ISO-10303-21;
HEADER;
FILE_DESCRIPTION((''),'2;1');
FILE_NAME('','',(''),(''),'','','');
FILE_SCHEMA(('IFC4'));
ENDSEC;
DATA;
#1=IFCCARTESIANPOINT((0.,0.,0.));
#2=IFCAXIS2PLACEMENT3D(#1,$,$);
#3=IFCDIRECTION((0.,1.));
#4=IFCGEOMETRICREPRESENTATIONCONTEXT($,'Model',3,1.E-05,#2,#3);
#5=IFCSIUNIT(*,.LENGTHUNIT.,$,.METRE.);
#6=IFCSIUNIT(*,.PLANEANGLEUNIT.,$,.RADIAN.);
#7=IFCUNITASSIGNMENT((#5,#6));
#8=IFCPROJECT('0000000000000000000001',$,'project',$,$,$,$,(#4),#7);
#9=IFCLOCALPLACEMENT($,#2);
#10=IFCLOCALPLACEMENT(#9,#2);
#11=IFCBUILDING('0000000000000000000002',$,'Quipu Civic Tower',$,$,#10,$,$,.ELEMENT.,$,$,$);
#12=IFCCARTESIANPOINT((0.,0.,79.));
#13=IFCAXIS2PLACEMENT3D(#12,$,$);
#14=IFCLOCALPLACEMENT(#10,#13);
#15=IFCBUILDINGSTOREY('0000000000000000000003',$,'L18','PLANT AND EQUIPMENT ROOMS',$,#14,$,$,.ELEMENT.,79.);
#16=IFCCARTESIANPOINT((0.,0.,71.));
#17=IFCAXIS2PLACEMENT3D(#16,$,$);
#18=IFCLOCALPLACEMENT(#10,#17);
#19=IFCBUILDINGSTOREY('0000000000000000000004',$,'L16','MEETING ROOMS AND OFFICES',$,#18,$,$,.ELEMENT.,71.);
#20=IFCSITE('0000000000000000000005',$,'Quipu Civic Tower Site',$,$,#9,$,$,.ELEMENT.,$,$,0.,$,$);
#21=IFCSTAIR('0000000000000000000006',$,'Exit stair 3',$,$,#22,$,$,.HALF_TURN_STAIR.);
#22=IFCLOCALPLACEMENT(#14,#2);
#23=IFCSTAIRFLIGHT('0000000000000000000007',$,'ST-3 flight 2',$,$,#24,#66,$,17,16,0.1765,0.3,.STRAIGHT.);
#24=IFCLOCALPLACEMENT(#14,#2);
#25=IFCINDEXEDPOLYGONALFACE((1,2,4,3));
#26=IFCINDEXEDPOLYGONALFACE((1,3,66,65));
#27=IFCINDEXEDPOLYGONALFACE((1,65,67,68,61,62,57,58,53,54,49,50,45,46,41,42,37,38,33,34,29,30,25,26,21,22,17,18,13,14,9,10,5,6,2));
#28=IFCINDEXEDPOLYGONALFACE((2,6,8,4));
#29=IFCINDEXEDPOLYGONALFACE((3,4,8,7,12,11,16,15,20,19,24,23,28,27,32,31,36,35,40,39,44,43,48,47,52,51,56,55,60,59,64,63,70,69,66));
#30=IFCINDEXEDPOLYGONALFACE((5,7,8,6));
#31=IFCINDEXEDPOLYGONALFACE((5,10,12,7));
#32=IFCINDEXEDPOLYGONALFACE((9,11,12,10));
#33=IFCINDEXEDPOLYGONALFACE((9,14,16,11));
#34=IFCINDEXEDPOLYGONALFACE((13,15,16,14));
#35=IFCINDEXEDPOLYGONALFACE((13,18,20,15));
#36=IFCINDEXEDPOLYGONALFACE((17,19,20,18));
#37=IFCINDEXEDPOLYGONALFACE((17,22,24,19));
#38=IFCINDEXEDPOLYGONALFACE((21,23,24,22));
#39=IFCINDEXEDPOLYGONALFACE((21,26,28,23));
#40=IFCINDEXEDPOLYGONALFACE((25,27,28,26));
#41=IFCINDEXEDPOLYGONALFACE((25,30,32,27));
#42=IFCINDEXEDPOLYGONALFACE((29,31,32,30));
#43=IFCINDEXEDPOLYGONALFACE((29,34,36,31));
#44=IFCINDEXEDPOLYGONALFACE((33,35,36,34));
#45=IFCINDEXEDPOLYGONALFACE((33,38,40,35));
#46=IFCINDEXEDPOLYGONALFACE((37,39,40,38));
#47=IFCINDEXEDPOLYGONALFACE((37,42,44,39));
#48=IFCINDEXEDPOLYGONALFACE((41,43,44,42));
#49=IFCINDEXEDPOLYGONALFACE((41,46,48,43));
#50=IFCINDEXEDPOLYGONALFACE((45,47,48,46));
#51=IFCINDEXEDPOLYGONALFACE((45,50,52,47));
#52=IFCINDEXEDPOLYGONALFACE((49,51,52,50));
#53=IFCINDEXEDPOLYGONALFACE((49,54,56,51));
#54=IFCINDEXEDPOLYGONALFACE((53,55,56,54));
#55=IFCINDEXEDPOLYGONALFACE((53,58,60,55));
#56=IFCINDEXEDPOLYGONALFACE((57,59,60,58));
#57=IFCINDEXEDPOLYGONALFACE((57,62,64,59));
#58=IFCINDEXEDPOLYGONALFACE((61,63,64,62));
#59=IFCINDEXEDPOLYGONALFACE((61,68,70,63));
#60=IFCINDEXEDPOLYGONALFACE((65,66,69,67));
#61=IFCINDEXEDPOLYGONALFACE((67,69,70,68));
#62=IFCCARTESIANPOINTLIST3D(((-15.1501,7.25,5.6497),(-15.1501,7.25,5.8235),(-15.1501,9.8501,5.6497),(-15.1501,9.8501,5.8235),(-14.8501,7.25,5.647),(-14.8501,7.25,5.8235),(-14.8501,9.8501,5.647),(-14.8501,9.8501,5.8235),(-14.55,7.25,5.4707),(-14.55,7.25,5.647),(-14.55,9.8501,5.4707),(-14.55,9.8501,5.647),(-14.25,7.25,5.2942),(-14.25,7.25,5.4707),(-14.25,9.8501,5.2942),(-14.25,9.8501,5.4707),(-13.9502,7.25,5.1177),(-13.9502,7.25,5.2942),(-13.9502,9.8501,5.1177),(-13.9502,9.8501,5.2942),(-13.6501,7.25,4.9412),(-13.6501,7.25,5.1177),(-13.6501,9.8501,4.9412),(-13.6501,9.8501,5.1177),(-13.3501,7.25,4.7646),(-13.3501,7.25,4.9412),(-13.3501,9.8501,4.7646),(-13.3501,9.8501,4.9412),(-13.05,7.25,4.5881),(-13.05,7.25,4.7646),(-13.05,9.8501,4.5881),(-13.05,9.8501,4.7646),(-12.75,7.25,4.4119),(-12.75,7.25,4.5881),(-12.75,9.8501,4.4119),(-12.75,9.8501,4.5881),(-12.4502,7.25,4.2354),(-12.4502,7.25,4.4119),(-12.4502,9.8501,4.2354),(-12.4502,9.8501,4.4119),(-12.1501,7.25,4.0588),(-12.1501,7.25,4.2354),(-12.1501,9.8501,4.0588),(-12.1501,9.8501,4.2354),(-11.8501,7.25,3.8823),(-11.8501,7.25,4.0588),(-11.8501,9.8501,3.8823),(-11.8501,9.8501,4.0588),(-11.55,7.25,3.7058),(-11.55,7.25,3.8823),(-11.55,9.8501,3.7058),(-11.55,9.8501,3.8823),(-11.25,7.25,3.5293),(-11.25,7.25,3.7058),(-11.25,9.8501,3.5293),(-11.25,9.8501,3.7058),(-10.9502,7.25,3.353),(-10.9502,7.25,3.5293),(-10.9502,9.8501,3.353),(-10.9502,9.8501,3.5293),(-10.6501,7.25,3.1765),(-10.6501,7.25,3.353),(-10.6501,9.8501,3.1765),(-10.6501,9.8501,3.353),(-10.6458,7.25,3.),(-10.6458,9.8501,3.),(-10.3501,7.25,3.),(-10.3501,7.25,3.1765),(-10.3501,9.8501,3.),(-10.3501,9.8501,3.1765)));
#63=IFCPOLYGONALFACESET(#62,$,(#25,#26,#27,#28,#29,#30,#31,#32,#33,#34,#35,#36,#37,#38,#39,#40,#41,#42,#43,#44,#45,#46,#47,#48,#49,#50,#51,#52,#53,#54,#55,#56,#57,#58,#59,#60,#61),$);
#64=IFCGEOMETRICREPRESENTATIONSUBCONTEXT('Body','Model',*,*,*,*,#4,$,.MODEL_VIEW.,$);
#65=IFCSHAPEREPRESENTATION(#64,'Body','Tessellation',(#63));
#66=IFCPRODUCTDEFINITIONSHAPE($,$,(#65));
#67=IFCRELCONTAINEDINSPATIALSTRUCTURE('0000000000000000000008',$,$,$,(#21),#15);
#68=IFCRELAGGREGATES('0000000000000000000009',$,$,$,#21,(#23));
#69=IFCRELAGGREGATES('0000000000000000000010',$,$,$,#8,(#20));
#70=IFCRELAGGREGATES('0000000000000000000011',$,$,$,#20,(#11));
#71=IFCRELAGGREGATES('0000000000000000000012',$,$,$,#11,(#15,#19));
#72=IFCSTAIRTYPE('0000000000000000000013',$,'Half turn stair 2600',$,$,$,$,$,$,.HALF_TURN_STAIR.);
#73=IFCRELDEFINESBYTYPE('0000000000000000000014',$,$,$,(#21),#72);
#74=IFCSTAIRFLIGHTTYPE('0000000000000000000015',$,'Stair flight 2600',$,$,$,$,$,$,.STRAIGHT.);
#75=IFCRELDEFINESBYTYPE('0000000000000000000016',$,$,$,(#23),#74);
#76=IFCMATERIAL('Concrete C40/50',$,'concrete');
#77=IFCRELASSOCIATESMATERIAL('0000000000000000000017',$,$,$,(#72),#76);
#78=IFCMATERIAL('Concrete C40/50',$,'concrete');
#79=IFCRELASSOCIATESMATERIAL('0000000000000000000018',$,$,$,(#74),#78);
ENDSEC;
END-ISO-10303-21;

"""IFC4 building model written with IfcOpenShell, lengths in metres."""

from ifc_helpers import new_model, si_unit, direction, frame, origin, place, context, subcontext, project, spatial, polyline, outline, extrude, material, type_object, element, aggregate, save


model = new_model("IFC4")

# Units and contexts
model_context = context("Model", 3, precision=1e-05, world=origin(), true_north=direction((0.0, 1.0)))
body_context = subcontext(model_context, "Body", "Model", "MODEL_VIEW")
ifc_project = project(units=[si_unit("LENGTHUNIT", "METRE"), si_unit("PLANEANGLEUNIT", "RADIAN")], contexts=[model_context])

# Site, building, storey
site_placement = place(None, origin())
site = spatial("IfcSite", under=ifc_project, at=site_placement, Name="Quipu Civic Tower Site", CompositionType="ELEMENT", RefElevation=0.0)
building_placement = place(site_placement, origin())
building = spatial("IfcBuilding", under=site, at=building_placement, Name="Quipu Civic Tower", CompositionType="ELEMENT")
storey_1_placement = place(building_placement, frame((0.0, 0.0, 79.0)))
storey_1 = spatial("IfcBuildingStorey", under=building, at=storey_1_placement, Name="L18", Description="PLANT AND EQUIPMENT ROOMS", CompositionType="ELEMENT", Elevation=79.0)

# Shared definitions
storey_2_placement = place(building_placement, frame((0.0, 0.0, 71.0)))
storey_2 = spatial("IfcBuildingStorey", under=building, at=storey_2_placement, Name="L16", Description="MEETING ROOMS AND OFFICES", CompositionType="ELEMENT", Elevation=71.0)

# Stair, stair flight
ifc_material_1 = material(Name="Concrete C40/50", Category="concrete")
stair_type = type_object("IfcStairType", Name="Half turn stair 2600", PredefinedType="HALF_TURN_STAIR", material=ifc_material_1)
stair_placement = place(storey_1_placement, origin())
stair = element("IfcStair", 1, at=stair_placement, inside=storey_1, type_object=stair_type, Name="Exit stair 3", PredefinedType="HALF_TURN_STAIR")
ifc_material_2 = material(Name="Concrete C40/50", Category="concrete")
stair_flight_type = type_object("IfcStairFlightType", Name="Stair flight 2600", PredefinedType="STRAIGHT", material=ifc_material_2)
stair_flight_1_placement = place(storey_1_placement, frame((-10.3501, 8.55, 3.0), z_axis=(0.0, 0.0, 1.0), x_axis=(-1.0, 0.0, 0.0)))
stair_flight_1 = element("IfcStairFlight", 2, at=stair_flight_1_placement, type_object=stair_flight_type, Name="ST-3 flight 2", NumberOfRisers=17, NumberOfTreads=16, PredefinedType="STRAIGHT", RiserHeight=0.1765, TreadLength=0.3, context=body_context, shape_type="SweptSolid", body=[
    extrude(outline(polyline([(0.0, 0.0), (0.0, 0.1765), (0.3, 0.1765), (0.3, 0.353), (0.6001, 0.353), (0.6001, 0.5293), (0.8999, 0.5293), (0.8999, 0.7058), (1.2, 0.7058), (1.2, 0.8823), (1.5, 0.8823), (1.5, 1.0588), (1.8, 1.0588), (1.8, 1.2354), (2.1001, 1.2354), (2.1001, 1.4119), (2.3999, 1.4119), (2.3999, 1.5881), (2.7, 1.5881), (2.7, 1.7646), (3.0, 1.7646), (3.0, 1.9412), (3.3, 1.9412), (3.3, 2.1177), (3.6001, 2.1177), (3.6001, 2.2942), (3.8999, 2.2942), (3.8999, 2.4707), (4.2, 2.4707), (4.2, 2.647), (4.5, 2.647), (4.5, 2.8235), (4.8, 2.8235), (4.8, 3.0), (4.8, 2.6497), (0.2957, 0.0), (0.0, 0.0)])), frame((0.0, 1.3, 0.0), z_axis=(0.0, -1.0, 0.0), x_axis=(1.0, 0.0, 0.0)), (0.0, 0.0, 1.0), 2.6001),
])
aggregate(stair, [stair_flight_1])

save(model, "model.ifc")
